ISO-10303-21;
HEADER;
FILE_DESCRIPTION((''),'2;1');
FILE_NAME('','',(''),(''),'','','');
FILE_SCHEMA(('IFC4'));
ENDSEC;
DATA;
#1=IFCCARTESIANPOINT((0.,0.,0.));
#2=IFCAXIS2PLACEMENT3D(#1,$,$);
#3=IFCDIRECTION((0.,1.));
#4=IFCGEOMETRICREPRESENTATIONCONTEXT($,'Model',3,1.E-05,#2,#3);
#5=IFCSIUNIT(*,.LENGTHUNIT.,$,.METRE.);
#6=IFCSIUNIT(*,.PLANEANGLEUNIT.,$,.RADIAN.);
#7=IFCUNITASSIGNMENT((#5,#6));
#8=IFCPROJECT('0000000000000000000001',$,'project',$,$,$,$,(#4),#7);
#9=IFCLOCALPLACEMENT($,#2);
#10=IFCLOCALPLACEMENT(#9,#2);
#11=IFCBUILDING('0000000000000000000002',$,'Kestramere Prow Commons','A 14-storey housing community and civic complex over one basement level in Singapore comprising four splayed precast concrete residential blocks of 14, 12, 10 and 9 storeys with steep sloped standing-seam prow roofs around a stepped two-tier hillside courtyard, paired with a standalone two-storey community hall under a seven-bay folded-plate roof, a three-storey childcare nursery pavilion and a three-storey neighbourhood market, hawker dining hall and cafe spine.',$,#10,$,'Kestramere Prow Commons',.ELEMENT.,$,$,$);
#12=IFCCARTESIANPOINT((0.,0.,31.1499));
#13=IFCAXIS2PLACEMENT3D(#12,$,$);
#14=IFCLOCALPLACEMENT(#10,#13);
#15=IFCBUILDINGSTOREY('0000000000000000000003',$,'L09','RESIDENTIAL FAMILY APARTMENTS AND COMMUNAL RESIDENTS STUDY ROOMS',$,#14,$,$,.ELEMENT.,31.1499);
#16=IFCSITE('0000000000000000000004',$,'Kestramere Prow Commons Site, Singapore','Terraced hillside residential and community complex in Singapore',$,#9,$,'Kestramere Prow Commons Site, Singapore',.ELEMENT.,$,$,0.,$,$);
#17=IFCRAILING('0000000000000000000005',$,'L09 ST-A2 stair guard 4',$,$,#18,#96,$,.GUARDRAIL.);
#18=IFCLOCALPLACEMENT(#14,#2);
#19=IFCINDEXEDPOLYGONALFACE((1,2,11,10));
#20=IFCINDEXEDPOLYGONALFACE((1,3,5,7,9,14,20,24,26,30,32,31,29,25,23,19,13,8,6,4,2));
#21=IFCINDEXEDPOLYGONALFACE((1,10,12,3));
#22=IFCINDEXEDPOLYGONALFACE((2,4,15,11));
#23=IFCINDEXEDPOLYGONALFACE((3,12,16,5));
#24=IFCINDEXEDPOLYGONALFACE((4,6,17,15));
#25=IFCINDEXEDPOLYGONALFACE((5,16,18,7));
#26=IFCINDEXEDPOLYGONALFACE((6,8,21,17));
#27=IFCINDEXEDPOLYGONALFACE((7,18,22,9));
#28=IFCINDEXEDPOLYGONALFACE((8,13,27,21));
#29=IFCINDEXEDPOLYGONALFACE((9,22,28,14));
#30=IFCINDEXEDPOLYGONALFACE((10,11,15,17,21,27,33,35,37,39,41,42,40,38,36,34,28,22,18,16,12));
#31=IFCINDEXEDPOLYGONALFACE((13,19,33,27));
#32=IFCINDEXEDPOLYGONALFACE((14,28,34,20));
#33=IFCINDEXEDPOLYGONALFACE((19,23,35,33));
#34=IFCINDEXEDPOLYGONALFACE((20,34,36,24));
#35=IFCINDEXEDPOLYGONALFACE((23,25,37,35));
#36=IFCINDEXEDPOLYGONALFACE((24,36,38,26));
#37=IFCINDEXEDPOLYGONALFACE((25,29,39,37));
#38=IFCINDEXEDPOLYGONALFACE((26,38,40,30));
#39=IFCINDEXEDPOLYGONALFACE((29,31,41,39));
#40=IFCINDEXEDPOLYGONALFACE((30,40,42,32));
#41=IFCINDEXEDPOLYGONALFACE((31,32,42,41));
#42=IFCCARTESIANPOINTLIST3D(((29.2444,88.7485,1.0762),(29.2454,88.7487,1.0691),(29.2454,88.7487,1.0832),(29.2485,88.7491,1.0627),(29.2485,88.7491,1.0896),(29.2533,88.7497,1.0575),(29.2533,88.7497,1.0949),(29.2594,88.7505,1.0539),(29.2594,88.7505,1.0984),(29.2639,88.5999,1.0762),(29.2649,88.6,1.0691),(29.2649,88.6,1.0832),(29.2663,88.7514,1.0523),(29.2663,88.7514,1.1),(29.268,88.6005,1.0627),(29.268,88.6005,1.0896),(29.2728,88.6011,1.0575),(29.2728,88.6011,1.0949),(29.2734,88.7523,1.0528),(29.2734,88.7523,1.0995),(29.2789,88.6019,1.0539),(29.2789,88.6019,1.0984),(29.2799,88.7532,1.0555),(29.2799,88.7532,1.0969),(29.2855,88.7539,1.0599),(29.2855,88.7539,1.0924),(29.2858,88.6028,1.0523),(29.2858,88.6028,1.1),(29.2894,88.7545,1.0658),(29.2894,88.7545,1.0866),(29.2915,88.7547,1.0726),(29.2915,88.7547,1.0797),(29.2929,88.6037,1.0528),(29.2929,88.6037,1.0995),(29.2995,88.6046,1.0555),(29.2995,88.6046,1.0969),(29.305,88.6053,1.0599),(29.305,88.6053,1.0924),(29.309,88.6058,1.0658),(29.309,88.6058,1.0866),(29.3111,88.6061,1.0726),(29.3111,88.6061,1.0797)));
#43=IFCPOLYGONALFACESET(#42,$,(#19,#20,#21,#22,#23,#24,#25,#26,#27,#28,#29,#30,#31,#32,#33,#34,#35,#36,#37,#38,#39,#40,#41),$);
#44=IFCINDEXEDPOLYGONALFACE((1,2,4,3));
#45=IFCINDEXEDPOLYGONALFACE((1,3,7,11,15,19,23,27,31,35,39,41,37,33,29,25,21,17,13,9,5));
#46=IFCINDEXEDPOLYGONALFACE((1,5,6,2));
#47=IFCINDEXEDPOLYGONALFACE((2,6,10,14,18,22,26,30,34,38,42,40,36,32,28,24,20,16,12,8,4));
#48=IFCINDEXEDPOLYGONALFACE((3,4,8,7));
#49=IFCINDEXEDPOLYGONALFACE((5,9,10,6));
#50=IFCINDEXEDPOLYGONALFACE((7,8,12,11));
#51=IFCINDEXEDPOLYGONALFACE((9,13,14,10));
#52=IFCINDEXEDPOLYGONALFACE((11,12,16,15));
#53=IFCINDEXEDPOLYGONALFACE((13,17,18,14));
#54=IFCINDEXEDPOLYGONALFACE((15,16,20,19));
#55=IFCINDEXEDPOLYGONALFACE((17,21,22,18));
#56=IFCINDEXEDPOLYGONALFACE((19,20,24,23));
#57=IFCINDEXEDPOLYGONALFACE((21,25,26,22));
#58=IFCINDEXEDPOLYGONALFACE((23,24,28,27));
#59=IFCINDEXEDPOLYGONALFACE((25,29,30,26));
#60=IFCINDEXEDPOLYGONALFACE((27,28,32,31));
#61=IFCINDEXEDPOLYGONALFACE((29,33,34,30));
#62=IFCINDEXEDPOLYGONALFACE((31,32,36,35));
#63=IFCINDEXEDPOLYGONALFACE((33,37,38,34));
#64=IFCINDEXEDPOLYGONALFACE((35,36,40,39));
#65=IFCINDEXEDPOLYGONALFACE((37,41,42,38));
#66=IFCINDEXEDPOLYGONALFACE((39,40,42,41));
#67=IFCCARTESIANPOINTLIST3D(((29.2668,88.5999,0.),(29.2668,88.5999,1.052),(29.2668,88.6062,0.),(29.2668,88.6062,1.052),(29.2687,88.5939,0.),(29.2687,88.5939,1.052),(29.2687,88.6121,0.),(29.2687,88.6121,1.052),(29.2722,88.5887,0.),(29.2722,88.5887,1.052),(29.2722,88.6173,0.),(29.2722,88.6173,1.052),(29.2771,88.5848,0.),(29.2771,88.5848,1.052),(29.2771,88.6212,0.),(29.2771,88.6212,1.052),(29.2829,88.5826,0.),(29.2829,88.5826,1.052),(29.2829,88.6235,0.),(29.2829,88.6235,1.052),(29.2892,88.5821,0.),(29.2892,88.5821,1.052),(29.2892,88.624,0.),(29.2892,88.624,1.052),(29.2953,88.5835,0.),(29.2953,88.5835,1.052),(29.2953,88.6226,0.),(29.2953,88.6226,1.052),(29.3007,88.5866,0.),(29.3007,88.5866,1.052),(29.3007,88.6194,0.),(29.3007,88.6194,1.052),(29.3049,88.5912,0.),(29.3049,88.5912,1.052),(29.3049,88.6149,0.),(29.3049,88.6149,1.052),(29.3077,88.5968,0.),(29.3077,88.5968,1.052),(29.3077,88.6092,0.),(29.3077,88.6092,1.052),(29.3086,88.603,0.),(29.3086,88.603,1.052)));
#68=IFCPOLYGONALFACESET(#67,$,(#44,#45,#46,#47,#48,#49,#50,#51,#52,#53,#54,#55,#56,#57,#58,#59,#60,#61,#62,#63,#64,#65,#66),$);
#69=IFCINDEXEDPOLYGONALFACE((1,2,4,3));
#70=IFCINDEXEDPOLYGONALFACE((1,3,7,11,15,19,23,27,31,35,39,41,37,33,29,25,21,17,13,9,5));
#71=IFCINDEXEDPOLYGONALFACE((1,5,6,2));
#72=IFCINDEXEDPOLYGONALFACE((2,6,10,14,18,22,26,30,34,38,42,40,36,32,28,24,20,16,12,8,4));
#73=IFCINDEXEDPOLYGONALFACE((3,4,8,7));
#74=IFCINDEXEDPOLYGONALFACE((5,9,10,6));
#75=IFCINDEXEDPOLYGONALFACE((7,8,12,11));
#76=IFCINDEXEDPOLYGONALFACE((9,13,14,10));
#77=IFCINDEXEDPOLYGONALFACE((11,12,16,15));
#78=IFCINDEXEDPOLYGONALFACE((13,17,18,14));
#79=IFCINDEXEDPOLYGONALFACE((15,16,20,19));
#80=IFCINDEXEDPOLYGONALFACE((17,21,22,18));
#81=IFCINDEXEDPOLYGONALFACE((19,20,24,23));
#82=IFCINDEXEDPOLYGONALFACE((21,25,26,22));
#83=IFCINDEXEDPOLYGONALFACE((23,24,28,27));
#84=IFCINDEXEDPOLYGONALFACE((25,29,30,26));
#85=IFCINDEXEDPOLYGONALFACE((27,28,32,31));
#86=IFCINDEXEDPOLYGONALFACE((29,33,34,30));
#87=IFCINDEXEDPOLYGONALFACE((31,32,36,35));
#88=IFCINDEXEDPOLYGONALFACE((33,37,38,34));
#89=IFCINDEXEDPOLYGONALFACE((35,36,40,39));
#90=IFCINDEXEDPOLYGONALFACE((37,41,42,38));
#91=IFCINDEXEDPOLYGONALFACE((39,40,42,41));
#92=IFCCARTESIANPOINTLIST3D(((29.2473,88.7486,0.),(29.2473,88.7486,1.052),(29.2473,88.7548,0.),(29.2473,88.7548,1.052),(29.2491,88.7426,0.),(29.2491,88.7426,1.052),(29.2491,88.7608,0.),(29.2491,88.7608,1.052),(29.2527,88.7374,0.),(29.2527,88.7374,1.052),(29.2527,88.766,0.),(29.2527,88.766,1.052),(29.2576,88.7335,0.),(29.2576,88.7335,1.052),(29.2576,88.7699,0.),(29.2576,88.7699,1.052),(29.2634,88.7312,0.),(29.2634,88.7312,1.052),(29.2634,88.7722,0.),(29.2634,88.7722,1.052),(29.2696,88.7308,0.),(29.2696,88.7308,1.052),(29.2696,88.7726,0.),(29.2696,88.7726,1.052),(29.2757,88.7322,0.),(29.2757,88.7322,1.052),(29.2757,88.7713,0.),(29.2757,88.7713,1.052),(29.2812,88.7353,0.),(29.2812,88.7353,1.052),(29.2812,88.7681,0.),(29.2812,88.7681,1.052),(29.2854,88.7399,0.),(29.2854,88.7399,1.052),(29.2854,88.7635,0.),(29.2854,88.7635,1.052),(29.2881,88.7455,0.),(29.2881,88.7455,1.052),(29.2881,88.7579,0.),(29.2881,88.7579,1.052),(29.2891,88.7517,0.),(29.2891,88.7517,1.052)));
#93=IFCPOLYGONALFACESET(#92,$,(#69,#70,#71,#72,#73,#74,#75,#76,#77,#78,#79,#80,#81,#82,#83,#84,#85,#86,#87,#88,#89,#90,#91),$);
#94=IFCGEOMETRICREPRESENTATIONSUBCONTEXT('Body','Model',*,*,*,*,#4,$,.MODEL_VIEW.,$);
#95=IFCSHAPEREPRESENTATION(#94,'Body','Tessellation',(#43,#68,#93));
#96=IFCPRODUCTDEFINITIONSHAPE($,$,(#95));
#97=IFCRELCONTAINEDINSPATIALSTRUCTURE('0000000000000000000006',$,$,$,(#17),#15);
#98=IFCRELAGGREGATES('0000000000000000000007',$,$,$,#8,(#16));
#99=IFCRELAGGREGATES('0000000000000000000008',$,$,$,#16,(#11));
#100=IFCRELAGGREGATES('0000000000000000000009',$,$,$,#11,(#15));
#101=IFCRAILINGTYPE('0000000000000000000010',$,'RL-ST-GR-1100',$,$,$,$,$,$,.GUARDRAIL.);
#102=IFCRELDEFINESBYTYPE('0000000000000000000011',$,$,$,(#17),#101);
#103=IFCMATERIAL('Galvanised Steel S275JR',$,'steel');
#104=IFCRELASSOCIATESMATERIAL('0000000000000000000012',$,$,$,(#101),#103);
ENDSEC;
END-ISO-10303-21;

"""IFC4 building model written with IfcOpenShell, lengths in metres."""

from ifc_helpers import new_model, si_unit, direction, frame, origin, origin_2d, place, context, subcontext, project, spatial, circle, extrude, material, type_object, element, save


model = new_model("IFC4")

# Units and contexts
model_context = context("Model", 3, precision=1e-05, world=origin(), true_north=direction((0.0, 1.0)))
body_context = subcontext(model_context, "Body", "Model", "MODEL_VIEW")
ifc_project = project(units=[si_unit("LENGTHUNIT", "METRE"), si_unit("PLANEANGLEUNIT", "RADIAN")], contexts=[model_context])

# Site, building, storey
site_placement = place(None, origin())
site = spatial("IfcSite", under=ifc_project, at=site_placement, Name="Kestramere Prow Commons Site, Singapore", Description="Terraced hillside residential and community complex in Singapore", LongName="Kestramere Prow Commons Site, Singapore", CompositionType="ELEMENT", RefElevation=0.0)
building_placement = place(site_placement, origin())
building = spatial("IfcBuilding", under=site, at=building_placement, Name="Kestramere Prow Commons", Description="A 14-storey housing community and civic complex over one basement level in Singapore comprising four splayed precast concrete residential blocks of 14, 12, 10 and 9 storeys with steep sloped standing-seam prow roofs around a stepped two-tier hillside courtyard, paired with a standalone two-storey community hall under a seven-bay folded-plate roof, a three-storey childcare nursery pavilion and a three-storey neighbourhood market, hawker dining hall and cafe spine.", LongName="Kestramere Prow Commons", CompositionType="ELEMENT")
storey_placement = place(building_placement, frame((0.0, 0.0, 31.1499)))
storey = spatial("IfcBuildingStorey", under=building, at=storey_placement, Name="L09", Description="RESIDENTIAL FAMILY APARTMENTS AND COMMUNAL RESIDENTS STUDY ROOMS", CompositionType="ELEMENT", Elevation=31.1499)

# Railing
ifc_material_1 = material(Name="Galvanised Steel S275JR", Category="steel")
railing_type_1 = type_object("IfcRailingType", Name="RL-ST-GR-1100", PredefinedType="GUARDRAIL", material=ifc_material_1)
railing_1_placement = place(storey_placement, frame((29.2876, 88.603, 0.0)))
element("IfcRailing", 1, at=railing_1_placement, inside=storey, type_object=railing_type_1, Name="L09 ST-A2 stair guard 4", PredefinedType="GUARDRAIL", context=body_context, shape_type="SweptSolid", body=[
    extrude(circle(Radius=0.0239, at=origin_2d()), frame((0.0, 0.0, 1.0762), z_axis=(-0.130244, 0.991482, 0.0), x_axis=(-0.991482, -0.130244, 0.0)), (0.0, 0.0, 1.0), 0.1499),
    extrude(circle(Radius=0.021, at=origin_2d()), origin(), (0.0, 0.0, 1.0), 1.052),
    extrude(circle(Radius=0.021, at=origin_2d()), frame((-0.0195, 0.1487, 0.0)), (0.0, 0.0, 1.0), 1.052),
])

save(model, "model.ifc")
